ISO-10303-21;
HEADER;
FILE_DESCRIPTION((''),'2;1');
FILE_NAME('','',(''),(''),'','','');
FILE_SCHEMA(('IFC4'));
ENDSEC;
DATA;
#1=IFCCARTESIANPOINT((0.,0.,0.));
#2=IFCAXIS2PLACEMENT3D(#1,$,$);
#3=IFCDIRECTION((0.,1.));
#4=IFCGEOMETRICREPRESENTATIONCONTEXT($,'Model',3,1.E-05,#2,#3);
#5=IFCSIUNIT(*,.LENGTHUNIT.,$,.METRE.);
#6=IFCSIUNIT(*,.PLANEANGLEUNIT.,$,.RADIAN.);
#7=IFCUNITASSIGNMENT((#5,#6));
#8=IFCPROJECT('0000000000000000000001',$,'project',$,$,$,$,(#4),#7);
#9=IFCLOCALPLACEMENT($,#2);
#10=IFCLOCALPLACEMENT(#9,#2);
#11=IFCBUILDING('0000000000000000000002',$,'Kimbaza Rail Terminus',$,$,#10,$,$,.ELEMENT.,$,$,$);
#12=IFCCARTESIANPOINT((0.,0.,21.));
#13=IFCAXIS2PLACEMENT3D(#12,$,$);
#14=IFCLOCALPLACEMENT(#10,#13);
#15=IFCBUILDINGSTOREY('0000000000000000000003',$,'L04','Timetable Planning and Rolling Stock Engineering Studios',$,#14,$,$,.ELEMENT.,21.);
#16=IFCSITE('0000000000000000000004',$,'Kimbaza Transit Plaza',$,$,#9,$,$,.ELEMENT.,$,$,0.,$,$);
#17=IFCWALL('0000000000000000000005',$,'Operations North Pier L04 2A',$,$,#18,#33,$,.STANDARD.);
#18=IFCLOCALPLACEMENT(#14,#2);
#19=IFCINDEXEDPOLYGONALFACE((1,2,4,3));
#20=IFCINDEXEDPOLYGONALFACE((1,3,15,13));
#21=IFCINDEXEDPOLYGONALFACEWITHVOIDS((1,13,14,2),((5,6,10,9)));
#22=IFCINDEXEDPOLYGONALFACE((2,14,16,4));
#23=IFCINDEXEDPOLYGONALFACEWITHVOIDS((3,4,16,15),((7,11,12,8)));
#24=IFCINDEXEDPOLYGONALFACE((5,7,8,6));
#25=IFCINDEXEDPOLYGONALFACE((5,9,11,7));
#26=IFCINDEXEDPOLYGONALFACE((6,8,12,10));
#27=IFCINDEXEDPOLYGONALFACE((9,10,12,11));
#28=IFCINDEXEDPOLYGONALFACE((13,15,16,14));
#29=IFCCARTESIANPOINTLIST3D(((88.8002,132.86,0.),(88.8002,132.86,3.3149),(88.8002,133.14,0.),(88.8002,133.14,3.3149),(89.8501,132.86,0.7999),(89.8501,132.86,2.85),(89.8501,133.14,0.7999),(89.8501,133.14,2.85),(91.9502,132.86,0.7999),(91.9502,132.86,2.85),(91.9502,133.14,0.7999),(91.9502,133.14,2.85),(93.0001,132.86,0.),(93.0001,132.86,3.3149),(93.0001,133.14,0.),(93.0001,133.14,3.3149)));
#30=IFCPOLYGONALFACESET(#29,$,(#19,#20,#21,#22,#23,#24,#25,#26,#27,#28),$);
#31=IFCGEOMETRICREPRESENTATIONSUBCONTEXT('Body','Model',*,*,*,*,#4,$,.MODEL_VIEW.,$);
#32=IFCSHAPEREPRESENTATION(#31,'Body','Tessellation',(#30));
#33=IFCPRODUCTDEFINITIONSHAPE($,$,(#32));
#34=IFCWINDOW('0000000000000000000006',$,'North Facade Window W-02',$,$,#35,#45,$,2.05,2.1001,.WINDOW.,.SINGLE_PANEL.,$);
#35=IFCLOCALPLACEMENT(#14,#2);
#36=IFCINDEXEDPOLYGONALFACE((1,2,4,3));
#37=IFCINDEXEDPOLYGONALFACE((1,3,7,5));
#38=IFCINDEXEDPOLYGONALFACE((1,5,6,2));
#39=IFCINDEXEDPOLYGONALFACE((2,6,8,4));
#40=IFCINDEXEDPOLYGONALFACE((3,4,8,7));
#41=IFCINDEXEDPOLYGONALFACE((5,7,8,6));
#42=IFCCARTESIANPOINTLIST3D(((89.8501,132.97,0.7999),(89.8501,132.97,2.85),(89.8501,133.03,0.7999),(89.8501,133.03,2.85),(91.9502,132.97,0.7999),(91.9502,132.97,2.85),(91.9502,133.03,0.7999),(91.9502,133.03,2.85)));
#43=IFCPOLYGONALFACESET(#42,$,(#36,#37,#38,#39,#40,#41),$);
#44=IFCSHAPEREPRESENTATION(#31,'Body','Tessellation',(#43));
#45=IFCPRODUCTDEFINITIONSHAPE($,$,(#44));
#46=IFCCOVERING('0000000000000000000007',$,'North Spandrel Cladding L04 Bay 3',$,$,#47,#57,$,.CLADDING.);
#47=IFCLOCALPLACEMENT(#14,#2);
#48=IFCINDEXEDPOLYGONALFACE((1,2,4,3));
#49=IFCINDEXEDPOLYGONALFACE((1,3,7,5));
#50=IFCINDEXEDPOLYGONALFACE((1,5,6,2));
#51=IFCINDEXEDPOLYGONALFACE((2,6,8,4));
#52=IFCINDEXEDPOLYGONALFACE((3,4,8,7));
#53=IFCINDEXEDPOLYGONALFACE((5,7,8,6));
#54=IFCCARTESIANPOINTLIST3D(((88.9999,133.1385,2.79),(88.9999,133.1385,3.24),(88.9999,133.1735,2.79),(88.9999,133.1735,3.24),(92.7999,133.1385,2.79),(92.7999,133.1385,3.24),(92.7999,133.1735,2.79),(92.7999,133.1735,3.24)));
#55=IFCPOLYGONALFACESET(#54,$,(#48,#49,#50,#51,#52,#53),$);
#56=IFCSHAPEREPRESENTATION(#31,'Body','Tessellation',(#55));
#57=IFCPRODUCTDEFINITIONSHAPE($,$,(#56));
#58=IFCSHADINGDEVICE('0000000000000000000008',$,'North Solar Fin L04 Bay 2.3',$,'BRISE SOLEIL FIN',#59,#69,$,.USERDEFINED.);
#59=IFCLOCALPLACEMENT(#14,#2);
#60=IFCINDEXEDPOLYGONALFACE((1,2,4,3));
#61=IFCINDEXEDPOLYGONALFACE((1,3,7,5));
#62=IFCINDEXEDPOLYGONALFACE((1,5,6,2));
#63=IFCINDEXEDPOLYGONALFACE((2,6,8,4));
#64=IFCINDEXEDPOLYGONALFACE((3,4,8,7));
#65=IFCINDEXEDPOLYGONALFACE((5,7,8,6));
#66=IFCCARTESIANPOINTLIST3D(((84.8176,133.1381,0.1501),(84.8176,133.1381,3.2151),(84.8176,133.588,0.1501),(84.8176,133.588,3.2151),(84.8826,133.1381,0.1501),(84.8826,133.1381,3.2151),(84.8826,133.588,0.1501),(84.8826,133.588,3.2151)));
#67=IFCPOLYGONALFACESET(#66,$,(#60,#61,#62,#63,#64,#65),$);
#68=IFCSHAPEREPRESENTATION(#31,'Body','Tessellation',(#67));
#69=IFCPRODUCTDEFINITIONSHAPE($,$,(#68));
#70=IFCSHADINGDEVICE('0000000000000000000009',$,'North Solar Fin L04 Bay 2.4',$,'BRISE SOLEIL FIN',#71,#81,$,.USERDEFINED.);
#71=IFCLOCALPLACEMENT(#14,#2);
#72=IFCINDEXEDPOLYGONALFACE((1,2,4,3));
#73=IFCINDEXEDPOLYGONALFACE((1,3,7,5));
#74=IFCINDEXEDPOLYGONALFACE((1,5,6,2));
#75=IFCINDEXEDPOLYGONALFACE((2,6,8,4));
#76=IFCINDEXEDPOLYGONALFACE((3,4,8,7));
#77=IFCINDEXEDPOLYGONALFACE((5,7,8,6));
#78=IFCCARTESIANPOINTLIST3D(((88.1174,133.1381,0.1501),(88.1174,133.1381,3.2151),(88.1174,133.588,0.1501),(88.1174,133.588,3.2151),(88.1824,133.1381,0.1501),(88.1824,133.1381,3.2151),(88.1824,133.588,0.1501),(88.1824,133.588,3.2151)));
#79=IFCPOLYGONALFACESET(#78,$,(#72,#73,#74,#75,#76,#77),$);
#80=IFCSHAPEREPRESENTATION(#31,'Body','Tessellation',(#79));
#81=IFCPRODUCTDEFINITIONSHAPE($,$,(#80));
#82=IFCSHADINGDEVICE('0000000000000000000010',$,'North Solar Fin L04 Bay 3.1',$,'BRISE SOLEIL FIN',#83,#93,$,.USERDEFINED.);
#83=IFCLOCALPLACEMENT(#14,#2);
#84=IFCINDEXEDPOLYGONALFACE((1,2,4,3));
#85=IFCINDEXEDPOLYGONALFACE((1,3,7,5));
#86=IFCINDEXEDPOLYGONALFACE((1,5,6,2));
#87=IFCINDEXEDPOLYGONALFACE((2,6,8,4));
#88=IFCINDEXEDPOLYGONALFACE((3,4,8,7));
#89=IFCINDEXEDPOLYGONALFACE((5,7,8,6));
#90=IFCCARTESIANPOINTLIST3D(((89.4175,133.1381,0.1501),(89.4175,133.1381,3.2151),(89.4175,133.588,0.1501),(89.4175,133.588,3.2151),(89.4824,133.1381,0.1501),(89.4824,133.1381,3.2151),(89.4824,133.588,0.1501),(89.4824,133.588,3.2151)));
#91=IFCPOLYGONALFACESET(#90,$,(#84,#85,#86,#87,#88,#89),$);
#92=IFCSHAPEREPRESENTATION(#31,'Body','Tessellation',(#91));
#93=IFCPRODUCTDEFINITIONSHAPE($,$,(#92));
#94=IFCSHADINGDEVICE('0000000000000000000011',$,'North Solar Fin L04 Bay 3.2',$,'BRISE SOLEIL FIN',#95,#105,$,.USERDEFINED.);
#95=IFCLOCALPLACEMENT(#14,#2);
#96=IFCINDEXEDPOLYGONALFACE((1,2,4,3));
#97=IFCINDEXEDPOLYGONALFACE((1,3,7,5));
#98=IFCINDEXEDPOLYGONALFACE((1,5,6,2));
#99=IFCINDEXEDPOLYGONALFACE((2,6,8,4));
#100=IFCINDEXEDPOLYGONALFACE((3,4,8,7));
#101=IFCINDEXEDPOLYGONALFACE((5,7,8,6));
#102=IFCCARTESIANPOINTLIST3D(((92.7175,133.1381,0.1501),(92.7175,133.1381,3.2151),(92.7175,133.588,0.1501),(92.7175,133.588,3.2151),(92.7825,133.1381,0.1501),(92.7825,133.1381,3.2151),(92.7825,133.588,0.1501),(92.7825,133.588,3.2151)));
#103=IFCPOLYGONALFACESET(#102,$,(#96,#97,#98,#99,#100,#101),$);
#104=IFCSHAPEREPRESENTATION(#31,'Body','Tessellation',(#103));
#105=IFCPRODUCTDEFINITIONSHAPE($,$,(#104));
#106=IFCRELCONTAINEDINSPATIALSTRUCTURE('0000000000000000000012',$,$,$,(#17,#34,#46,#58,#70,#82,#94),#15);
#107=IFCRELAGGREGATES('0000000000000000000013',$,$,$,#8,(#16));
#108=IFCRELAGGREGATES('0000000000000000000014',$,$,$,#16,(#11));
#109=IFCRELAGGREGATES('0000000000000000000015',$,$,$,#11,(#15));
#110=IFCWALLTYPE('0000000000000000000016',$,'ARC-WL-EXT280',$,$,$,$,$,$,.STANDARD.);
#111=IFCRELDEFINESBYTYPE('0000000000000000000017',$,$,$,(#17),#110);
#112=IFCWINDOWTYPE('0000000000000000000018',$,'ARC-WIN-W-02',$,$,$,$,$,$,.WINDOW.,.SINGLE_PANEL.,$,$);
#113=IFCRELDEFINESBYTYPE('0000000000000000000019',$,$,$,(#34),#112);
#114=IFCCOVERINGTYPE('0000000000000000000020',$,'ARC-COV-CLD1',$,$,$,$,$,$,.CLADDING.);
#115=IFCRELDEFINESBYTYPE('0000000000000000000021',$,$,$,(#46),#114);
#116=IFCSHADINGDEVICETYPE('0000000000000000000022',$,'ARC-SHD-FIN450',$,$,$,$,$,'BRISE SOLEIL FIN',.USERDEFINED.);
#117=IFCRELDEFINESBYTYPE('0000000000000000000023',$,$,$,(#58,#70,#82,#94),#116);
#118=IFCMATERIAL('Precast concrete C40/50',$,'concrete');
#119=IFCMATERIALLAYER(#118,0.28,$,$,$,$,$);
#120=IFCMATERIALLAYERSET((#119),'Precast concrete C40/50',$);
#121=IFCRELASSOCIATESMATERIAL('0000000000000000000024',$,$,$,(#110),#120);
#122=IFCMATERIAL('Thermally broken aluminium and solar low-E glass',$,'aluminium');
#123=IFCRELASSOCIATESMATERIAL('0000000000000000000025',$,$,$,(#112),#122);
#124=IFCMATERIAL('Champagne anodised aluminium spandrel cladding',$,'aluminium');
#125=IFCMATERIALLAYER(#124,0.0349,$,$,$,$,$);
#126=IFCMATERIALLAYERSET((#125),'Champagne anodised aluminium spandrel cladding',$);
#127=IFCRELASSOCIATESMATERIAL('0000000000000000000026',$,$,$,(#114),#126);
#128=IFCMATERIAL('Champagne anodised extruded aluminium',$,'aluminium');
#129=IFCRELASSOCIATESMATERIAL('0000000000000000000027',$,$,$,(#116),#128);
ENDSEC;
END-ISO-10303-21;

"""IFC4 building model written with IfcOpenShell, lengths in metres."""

from ifc_helpers import new_model, si_unit, direction, frame, frame_2d, origin, origin_2d, place, context, subcontext, project, spatial, rectangle, extrude, material, layer, layer_set, type_object, element, fill, save


model = new_model("IFC4")

# Units and contexts
model_context = context("Model", 3, precision=1e-05, world=origin(), true_north=direction((0.0, 1.0)))
body_context = subcontext(model_context, "Body", "Model", "MODEL_VIEW")
ifc_project = project(units=[si_unit("LENGTHUNIT", "METRE"), si_unit("PLANEANGLEUNIT", "RADIAN")], contexts=[model_context])

# Site, building, storey
site_placement = place(None, origin())
site = spatial("IfcSite", under=ifc_project, at=site_placement, Name="Kimbaza Transit Plaza", CompositionType="ELEMENT", RefElevation=0.0)
building_placement = place(site_placement, origin())
building = spatial("IfcBuilding", under=site, at=building_placement, Name="Kimbaza Rail Terminus", CompositionType="ELEMENT")
storey_placement = place(building_placement, frame((0.0, 0.0, 21.0)))
storey = spatial("IfcBuildingStorey", under=building, at=storey_placement, Name="L04", Description="Timetable Planning and Rolling Stock Engineering Studios", CompositionType="ELEMENT", Elevation=21.0)

# Wall, opening, window
ifc_material_1 = material(Name="Precast concrete C40/50", Category="concrete")
ifc_layer_1 = layer(ifc_material_1, 0.28)
ifc_layer_set_1 = layer_set([ifc_layer_1], Name="Precast concrete C40/50")
wall_type = type_object("IfcWallType", Name="ARC-WL-EXT280", PredefinedType="STANDARD", material=ifc_layer_set_1)
wall_placement = place(storey_placement, frame((88.8, 133.0, 0.0), z_axis=(0.0, 0.0, 1.0), x_axis=(1.0, 0.0, 0.0)))
wall = element("IfcWall", 1, at=wall_placement, inside=storey, type_object=wall_type, Name="Operations North Pier L04 2A", PredefinedType="STANDARD", context=body_context, shape_type="SweptSolid", body=[
    extrude(rectangle(XDim=4.2, YDim=0.28, at=frame_2d((2.1001, 0.0))), origin(), (0.0, 0.0, 1.0), 3.3149),
])
opening_placement = place(wall_placement, frame((1.05, 0.0, 0.8)))
opening = element("IfcOpeningElement", 2, at=opening_placement, cuts=wall, PredefinedType="OPENING", context=body_context, shape_type="SweptSolid", body=[
    extrude(rectangle(XDim=2.1001, YDim=2.05, at=frame_2d((1.05, 1.0249))), frame((0.0, 0.1499, 0.0), z_axis=(0.0, -1.0, 0.0), x_axis=(1.0, 0.0, 0.0)), (0.0, 0.0, 1.0), 0.3),
])
ifc_material_2 = material(Name="Thermally broken aluminium and solar low-E glass", Category="aluminium")
window_type = type_object("IfcWindowType", Name="ARC-WIN-W-02", PartitioningType="SINGLE_PANEL", PredefinedType="WINDOW", material=ifc_material_2)
window_placement = place(opening_placement, origin())
window = element("IfcWindow", 3, at=window_placement, inside=storey, type_object=window_type, Name="North Facade Window W-02", OverallHeight=2.05, OverallWidth=2.1001, PartitioningType="SINGLE_PANEL", PredefinedType="WINDOW", context=body_context, shape_type="SweptSolid", body=[
    extrude(rectangle(XDim=2.1001, YDim=2.05, at=frame_2d((1.05, 1.0249))), frame((0.0, 0.03, 0.0), z_axis=(0.0, -1.0, 0.0), x_axis=(1.0, 0.0, 0.0)), (0.0, 0.0, 1.0), 0.0601),
])
fill(opening, window)

# Covering
ifc_material_3 = material(Name="Champagne anodised aluminium spandrel cladding", Category="aluminium")
ifc_layer_2 = layer(ifc_material_3, 0.0349)
ifc_layer_set_2 = layer_set([ifc_layer_2], Name="Champagne anodised aluminium spandrel cladding")
covering_type = type_object("IfcCoveringType", Name="ARC-COV-CLD1", PredefinedType="CLADDING", material=ifc_layer_set_2)
covering_placement = place(storey_placement, frame((90.8999, 133.156, 2.79), z_axis=(0.0, 0.0, 1.0), x_axis=(1.0, 0.0, 0.0)))
element("IfcCovering", 4, at=covering_placement, inside=storey, type_object=covering_type, Name="North Spandrel Cladding L04 Bay 3", PredefinedType="CLADDING", context=body_context, shape_type="SweptSolid", body=[
    extrude(rectangle(XDim=3.8, YDim=0.0349, at=origin_2d()), origin(), (0.0, 0.0, 1.0), 0.45),
])

# Shading devices
ifc_material_4 = material(Name="Champagne anodised extruded aluminium", Category="aluminium")
shading_device_type = type_object("IfcShadingDeviceType", Name="ARC-SHD-FIN450", ElementType="BRISE SOLEIL FIN", PredefinedType="USERDEFINED", material=ifc_material_4)
for number, where, z_axis, x_axis, name in (
    (5, (84.8501, 133.363, 0.1501), (0.0, 0.0, 1.0), (1.0, 0.0, 0.0), "North Solar Fin L04 Bay 2.3"),
    (6, (88.1499, 133.363, 0.1501), (0.0, 0.0, 1.0), (1.0, 0.0, 0.0), "North Solar Fin L04 Bay 2.4"),
    (7, (89.45, 133.363, 0.1501), (0.0, 0.0, 1.0), (1.0, 0.0, 0.0), "North Solar Fin L04 Bay 3.1"),
    (8, (92.75, 133.363, 0.1501), (0.0, 0.0, 1.0), (1.0, 0.0, 0.0), "North Solar Fin L04 Bay 3.2"),
):
    element("IfcShadingDevice", number, at=place(storey_placement, frame(where, z_axis=z_axis, x_axis=x_axis)), inside=storey, type_object=shading_device_type, Name=name, ObjectType="BRISE SOLEIL FIN", PredefinedType="USERDEFINED", context=body_context, shape_type="SweptSolid", body=[
        extrude(rectangle(XDim=0.0649, YDim=0.45, at=origin_2d()), origin(), (0.0, 0.0, 1.0), 3.0649),
    ])

save(model, "model.ifc")
